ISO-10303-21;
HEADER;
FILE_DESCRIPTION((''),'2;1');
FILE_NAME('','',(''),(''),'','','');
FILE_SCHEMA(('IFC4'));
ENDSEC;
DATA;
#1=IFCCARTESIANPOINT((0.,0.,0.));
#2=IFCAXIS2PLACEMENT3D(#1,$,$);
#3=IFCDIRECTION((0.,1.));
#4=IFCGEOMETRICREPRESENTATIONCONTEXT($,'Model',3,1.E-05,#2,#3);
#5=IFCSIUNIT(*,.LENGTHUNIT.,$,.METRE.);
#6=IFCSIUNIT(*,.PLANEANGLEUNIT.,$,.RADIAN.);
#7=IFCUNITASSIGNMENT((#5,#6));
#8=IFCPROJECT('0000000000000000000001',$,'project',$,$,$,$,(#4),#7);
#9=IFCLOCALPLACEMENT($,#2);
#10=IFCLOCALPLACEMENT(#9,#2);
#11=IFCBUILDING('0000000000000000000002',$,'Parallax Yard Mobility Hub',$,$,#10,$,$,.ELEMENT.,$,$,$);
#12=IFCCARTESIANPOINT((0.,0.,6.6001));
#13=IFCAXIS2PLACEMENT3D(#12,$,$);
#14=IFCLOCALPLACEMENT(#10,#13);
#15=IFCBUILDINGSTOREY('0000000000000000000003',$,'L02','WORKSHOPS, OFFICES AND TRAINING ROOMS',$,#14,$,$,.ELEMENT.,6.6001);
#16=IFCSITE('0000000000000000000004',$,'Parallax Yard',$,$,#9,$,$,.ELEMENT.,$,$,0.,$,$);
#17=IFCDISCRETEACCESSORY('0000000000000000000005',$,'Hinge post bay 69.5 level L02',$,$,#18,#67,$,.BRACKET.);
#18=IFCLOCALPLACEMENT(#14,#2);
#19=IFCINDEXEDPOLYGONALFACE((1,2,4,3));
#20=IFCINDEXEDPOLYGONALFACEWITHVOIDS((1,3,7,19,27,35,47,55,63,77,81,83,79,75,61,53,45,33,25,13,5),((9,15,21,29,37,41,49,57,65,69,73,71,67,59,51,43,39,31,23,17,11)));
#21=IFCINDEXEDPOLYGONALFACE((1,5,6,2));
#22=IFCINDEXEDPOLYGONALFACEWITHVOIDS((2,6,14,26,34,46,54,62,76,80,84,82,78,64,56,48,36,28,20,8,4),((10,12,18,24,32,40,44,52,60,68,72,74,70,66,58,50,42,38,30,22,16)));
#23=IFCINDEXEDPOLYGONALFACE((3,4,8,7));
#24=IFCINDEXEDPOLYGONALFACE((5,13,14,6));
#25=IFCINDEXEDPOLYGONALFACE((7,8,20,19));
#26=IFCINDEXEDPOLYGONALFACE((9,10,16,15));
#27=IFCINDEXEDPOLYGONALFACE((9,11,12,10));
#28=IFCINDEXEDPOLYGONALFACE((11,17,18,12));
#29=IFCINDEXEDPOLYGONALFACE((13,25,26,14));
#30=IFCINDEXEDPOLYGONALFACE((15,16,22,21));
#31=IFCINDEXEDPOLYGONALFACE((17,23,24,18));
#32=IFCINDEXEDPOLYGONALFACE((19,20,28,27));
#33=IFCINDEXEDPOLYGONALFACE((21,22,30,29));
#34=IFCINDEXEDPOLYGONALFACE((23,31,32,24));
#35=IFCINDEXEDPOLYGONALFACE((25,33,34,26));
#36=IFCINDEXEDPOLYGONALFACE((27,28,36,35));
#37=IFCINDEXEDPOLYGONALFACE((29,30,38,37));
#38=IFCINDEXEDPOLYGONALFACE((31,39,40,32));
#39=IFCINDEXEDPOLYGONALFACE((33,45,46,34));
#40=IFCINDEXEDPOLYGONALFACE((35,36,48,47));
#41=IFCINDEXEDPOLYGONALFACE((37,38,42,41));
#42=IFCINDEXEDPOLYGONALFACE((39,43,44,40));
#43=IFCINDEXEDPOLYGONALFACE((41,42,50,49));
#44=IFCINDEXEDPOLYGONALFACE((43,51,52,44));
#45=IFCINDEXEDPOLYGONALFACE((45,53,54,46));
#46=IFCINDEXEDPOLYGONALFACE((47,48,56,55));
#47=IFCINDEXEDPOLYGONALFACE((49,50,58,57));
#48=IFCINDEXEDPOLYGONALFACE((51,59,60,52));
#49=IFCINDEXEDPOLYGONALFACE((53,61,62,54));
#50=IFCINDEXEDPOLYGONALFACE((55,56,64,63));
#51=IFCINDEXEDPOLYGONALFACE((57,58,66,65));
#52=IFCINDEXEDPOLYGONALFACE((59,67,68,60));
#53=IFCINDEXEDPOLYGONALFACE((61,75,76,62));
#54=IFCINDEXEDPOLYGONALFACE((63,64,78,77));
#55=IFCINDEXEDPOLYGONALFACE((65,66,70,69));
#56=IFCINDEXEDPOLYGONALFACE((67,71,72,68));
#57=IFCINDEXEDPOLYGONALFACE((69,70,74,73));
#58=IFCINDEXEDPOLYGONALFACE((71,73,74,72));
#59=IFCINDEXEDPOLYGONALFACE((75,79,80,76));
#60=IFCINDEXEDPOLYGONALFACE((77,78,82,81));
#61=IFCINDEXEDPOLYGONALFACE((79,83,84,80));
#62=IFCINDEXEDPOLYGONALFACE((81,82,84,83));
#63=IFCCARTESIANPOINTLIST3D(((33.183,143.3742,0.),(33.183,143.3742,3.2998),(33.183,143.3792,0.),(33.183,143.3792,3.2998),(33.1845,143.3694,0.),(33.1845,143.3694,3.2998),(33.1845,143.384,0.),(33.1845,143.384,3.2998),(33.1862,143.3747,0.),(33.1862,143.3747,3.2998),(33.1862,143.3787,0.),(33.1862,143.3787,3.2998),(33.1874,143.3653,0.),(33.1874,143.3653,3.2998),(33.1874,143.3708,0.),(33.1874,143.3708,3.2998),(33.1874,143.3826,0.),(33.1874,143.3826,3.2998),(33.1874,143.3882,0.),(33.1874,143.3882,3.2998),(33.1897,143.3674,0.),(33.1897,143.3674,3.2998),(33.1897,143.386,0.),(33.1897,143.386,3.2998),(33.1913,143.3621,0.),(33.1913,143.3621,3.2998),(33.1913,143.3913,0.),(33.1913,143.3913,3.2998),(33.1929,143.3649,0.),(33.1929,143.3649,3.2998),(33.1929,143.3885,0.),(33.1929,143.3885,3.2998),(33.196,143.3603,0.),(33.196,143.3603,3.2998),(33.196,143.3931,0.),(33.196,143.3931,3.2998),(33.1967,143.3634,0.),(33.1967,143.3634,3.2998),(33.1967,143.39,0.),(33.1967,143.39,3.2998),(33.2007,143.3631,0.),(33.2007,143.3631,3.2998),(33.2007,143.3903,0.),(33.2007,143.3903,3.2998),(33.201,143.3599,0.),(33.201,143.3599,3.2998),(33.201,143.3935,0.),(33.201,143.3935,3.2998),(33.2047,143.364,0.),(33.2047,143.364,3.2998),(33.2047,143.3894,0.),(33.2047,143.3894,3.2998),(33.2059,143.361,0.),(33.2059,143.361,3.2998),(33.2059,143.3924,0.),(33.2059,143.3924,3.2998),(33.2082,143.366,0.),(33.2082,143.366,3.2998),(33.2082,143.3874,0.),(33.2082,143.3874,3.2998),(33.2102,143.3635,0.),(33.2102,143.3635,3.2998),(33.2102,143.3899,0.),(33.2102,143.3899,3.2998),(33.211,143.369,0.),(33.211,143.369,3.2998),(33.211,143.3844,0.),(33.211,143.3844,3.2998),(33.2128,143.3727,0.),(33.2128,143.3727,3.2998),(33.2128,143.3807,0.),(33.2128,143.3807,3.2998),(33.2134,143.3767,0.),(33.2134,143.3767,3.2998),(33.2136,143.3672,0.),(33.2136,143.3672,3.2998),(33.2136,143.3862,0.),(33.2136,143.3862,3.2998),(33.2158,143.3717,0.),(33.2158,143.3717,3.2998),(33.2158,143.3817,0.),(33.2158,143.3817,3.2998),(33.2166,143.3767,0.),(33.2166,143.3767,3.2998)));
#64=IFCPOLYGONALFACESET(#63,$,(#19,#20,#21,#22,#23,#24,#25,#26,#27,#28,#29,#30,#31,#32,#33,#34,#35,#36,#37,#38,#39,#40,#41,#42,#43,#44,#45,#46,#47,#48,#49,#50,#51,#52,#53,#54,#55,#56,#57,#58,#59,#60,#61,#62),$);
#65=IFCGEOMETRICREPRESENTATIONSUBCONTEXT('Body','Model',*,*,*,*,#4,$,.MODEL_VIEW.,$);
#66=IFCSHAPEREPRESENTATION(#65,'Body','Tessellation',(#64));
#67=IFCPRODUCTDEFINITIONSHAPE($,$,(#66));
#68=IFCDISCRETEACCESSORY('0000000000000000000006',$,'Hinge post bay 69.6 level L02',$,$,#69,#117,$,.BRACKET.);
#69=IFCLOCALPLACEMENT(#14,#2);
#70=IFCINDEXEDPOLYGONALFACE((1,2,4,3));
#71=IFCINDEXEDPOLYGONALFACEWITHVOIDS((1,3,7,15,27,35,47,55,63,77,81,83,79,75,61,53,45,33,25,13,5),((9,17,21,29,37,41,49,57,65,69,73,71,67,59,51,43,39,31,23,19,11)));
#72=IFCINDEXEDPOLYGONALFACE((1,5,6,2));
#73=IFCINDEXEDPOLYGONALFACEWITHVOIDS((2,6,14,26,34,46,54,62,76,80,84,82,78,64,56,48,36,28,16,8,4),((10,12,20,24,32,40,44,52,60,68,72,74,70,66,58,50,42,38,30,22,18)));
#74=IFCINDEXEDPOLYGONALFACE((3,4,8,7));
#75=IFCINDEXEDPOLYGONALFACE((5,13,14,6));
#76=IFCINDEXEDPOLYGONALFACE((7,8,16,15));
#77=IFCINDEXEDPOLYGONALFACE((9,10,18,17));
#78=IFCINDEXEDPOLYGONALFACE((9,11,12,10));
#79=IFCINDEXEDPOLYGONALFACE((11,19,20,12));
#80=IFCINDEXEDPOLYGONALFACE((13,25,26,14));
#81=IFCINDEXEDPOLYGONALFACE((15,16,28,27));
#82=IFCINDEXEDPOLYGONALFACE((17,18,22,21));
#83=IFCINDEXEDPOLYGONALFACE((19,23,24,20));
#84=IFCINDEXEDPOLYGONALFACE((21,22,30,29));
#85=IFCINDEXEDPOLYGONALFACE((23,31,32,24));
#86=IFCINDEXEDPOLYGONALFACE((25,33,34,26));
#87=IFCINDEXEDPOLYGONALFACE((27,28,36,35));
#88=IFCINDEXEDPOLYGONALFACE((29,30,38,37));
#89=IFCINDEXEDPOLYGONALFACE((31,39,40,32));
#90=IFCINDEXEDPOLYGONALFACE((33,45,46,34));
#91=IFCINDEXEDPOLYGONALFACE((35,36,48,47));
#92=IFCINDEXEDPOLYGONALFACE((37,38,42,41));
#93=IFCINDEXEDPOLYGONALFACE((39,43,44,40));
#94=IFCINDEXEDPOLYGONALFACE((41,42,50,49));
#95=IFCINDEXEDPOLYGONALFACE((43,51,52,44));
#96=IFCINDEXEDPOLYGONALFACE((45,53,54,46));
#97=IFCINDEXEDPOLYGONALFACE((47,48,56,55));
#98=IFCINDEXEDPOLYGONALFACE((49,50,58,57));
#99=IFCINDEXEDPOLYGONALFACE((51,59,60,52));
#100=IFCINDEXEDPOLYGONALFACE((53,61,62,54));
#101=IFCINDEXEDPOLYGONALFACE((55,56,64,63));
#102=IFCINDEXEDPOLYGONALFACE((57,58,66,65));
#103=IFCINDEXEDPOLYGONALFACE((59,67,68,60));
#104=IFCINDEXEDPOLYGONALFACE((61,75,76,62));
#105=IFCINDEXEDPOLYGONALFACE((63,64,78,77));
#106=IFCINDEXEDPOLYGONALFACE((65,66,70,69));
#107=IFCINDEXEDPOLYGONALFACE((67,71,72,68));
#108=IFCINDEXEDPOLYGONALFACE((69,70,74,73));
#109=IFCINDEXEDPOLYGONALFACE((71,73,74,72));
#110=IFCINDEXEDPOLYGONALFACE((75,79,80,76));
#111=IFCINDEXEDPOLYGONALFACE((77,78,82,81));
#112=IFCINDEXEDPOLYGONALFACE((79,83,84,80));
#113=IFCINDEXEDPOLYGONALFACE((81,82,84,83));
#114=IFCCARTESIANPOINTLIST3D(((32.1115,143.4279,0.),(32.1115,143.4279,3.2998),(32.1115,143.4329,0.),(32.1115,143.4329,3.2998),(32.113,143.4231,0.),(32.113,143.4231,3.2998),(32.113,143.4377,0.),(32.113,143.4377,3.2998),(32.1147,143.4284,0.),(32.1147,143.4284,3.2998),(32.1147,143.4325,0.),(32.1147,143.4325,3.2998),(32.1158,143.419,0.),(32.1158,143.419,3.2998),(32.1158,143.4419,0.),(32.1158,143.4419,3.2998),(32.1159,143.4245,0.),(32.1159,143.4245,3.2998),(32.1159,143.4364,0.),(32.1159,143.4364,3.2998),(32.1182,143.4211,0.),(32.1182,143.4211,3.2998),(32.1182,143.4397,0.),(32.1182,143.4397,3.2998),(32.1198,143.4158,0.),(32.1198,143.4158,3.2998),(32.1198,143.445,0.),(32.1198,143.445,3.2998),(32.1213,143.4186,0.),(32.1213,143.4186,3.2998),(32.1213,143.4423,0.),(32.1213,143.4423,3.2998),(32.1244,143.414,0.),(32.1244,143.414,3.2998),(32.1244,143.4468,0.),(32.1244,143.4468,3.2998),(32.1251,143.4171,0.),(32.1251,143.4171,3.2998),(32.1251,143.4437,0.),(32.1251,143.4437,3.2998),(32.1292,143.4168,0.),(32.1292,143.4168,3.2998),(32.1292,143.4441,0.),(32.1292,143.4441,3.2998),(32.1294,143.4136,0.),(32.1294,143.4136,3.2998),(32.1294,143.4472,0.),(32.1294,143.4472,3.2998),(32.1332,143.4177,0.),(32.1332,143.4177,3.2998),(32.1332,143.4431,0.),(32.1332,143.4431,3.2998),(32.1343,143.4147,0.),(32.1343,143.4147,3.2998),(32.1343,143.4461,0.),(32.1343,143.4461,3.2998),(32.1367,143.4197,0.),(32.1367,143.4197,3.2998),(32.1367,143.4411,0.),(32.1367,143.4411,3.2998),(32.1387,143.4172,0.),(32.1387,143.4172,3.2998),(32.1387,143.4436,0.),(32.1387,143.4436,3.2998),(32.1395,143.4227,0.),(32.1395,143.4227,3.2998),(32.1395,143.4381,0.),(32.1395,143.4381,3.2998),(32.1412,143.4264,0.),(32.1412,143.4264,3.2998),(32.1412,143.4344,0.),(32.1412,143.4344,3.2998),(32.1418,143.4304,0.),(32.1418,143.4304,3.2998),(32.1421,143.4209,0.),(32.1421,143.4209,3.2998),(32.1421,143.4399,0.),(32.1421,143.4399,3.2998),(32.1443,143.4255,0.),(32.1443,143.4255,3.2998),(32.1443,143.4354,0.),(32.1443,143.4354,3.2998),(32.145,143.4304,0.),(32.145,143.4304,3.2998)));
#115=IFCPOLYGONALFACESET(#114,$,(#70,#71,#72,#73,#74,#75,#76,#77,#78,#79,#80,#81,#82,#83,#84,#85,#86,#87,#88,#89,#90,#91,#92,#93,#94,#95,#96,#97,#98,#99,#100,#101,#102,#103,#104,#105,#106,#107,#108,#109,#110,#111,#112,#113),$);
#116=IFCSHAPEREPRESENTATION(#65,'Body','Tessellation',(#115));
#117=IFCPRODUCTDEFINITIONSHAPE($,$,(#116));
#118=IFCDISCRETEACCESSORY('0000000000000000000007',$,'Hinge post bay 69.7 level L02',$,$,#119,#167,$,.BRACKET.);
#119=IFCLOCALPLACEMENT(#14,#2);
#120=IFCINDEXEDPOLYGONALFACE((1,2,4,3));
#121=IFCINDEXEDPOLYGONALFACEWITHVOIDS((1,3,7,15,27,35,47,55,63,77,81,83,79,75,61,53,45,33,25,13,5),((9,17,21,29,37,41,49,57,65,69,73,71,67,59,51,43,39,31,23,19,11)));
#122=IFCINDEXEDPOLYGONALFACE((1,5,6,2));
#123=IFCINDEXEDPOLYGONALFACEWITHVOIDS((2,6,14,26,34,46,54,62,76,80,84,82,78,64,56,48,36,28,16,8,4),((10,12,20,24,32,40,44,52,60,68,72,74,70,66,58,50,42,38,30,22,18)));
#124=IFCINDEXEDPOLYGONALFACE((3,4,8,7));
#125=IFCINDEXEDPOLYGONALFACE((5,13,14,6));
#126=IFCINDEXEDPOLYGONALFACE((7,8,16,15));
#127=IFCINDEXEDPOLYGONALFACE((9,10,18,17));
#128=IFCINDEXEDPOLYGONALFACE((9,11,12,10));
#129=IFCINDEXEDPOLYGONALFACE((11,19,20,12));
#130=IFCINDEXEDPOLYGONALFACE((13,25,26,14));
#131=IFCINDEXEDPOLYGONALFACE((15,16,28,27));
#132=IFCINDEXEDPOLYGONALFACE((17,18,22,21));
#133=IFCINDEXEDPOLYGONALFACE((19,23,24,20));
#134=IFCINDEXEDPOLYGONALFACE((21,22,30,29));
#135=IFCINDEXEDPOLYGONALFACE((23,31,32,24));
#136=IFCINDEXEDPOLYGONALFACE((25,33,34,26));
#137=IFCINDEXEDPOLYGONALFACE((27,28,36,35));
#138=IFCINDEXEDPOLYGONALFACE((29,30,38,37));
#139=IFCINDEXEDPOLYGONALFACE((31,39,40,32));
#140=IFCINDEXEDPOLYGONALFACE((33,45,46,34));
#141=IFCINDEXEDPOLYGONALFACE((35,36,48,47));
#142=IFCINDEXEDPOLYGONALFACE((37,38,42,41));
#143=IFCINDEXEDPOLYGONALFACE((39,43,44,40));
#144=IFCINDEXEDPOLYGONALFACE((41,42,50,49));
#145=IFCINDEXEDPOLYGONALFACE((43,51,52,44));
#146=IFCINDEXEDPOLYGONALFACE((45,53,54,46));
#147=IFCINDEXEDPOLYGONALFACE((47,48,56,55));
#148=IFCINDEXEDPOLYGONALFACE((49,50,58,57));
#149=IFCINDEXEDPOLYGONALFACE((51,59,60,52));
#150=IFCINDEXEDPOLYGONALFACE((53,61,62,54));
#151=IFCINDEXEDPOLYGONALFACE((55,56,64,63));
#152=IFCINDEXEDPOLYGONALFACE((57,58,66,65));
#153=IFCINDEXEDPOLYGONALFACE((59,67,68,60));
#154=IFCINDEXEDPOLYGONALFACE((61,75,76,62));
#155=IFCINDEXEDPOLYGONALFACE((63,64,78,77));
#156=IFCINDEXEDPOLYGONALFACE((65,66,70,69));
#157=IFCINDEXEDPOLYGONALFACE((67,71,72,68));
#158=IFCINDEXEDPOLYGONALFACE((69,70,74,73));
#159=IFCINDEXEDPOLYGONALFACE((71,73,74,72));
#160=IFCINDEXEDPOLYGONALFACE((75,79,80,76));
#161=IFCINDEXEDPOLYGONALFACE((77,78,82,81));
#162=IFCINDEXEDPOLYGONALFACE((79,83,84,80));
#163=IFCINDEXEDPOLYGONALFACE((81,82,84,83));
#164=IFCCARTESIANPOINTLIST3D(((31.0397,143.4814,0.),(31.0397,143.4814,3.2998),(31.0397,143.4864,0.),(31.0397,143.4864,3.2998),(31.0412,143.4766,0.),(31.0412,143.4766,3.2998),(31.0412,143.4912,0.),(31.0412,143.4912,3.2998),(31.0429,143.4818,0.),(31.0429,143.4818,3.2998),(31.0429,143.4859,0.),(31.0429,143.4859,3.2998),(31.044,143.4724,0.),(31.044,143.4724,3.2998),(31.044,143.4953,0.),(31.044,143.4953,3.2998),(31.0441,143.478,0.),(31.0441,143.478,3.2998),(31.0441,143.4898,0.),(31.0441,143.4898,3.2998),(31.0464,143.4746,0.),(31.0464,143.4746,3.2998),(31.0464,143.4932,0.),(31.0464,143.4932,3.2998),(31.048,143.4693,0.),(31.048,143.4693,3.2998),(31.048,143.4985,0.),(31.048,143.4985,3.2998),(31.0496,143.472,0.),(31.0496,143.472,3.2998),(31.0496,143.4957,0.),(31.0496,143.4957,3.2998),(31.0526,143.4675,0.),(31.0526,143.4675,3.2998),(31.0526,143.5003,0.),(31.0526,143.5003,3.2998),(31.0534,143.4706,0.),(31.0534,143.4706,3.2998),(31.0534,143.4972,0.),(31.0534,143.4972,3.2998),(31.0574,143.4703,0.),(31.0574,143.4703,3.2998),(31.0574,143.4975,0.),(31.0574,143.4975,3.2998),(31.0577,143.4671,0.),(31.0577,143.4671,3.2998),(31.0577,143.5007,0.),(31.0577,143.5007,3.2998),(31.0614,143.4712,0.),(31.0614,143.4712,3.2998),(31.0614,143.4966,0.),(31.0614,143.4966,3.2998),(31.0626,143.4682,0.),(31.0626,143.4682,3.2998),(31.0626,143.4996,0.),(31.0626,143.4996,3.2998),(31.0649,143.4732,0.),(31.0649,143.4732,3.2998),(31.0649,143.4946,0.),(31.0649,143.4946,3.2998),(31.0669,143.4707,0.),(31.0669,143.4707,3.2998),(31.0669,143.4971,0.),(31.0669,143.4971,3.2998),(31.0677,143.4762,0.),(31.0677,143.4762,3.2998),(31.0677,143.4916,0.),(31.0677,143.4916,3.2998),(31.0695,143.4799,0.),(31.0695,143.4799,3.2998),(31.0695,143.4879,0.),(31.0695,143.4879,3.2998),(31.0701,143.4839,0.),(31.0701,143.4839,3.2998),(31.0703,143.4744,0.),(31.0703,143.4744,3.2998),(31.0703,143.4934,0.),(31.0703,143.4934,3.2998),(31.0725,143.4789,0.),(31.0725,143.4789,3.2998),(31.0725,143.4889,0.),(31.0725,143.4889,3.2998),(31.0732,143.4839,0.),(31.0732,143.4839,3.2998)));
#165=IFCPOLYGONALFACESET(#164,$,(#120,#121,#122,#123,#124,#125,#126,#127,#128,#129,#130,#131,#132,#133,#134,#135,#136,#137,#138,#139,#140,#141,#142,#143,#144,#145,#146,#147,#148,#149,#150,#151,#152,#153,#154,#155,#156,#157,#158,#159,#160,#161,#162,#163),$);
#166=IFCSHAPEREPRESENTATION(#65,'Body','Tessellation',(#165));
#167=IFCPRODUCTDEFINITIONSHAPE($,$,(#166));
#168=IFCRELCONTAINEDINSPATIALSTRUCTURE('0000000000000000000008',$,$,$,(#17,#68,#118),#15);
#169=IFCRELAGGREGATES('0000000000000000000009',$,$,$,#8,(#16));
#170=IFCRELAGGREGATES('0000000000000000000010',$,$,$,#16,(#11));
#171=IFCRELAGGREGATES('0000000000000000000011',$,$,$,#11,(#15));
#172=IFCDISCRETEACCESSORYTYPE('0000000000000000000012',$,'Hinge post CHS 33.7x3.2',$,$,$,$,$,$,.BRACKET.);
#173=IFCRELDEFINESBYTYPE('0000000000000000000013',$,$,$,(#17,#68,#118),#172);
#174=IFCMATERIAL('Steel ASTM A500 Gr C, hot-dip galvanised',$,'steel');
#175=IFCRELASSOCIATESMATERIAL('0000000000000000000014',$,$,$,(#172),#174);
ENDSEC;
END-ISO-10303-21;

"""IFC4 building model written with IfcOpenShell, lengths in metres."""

from ifc_helpers import new_model, si_unit, direction, frame, origin, origin_2d, place, context, subcontext, project, spatial, hollow_circle, extrude, material, material_profile, profile_set, type_object, element, save


model = new_model("IFC4")

# Units and contexts
model_context = context("Model", 3, precision=1e-05, world=origin(), true_north=direction((0.0, 1.0)))
body_context = subcontext(model_context, "Body", "Model", "MODEL_VIEW")
ifc_project = project(units=[si_unit("LENGTHUNIT", "METRE"), si_unit("PLANEANGLEUNIT", "RADIAN")], contexts=[model_context])

# Site, building, storey
site_placement = place(None, origin())
site = spatial("IfcSite", under=ifc_project, at=site_placement, Name="Parallax Yard", CompositionType="ELEMENT", RefElevation=0.0)
building_placement = place(site_placement, origin())
building = spatial("IfcBuilding", under=site, at=building_placement, Name="Parallax Yard Mobility Hub", CompositionType="ELEMENT")
storey_placement = place(building_placement, frame((0.0, 0.0, 6.6001)))
storey = spatial("IfcBuildingStorey", under=building, at=storey_placement, Name="L02", Description="WORKSHOPS, OFFICES AND TRAINING ROOMS", CompositionType="ELEMENT", Elevation=6.6001)

# Discrete accessories
ifc_material_1 = material(Name="Steel ASTM A500 Gr C, hot-dip galvanised", Category="steel")
ifc_material_profile = material_profile(ifc_material_1, hollow_circle(Radius=0.0168, WallThickness=0.0032, at=origin_2d()), Name="CHS 33.7x3.2")
ifc_profile_set = profile_set([ifc_material_profile], Name="Steel ASTM A500 Gr C, hot-dip galvanised")
discrete_accessory_type = type_object("IfcDiscreteAccessoryType", Name="Hinge post CHS 33.7x3.2", PredefinedType="BRACKET", material=ifc_profile_set)
for number, where, z_axis, x_axis, name in (
    (1, (33.1997, 143.3767, 0.0), (0.0, 0.0, 1.0), (1.0, 0.0, 0.0), "Hinge post bay 69.5 level L02"),
    (2, (32.1282, 143.4304, 0.0), (0.0, 0.0, 1.0), (1.0, 0.0, 0.0), "Hinge post bay 69.6 level L02"),
    (3, (31.0564, 143.4839, 0.0), (0.0, 0.0, 1.0), (1.0, 0.0, 0.0), "Hinge post bay 69.7 level L02"),
):
    element("IfcDiscreteAccessory", number, at=place(storey_placement, frame(where, z_axis=z_axis, x_axis=x_axis)), inside=storey, type_object=discrete_accessory_type, Name=name, PredefinedType="BRACKET", context=body_context, shape_type="SweptSolid", body=[
        extrude(hollow_circle(Radius=0.0168, WallThickness=0.0032, at=origin_2d()), origin(), (0.0, 0.0, 1.0), 3.2998),
    ])

save(model, "model.ifc")
